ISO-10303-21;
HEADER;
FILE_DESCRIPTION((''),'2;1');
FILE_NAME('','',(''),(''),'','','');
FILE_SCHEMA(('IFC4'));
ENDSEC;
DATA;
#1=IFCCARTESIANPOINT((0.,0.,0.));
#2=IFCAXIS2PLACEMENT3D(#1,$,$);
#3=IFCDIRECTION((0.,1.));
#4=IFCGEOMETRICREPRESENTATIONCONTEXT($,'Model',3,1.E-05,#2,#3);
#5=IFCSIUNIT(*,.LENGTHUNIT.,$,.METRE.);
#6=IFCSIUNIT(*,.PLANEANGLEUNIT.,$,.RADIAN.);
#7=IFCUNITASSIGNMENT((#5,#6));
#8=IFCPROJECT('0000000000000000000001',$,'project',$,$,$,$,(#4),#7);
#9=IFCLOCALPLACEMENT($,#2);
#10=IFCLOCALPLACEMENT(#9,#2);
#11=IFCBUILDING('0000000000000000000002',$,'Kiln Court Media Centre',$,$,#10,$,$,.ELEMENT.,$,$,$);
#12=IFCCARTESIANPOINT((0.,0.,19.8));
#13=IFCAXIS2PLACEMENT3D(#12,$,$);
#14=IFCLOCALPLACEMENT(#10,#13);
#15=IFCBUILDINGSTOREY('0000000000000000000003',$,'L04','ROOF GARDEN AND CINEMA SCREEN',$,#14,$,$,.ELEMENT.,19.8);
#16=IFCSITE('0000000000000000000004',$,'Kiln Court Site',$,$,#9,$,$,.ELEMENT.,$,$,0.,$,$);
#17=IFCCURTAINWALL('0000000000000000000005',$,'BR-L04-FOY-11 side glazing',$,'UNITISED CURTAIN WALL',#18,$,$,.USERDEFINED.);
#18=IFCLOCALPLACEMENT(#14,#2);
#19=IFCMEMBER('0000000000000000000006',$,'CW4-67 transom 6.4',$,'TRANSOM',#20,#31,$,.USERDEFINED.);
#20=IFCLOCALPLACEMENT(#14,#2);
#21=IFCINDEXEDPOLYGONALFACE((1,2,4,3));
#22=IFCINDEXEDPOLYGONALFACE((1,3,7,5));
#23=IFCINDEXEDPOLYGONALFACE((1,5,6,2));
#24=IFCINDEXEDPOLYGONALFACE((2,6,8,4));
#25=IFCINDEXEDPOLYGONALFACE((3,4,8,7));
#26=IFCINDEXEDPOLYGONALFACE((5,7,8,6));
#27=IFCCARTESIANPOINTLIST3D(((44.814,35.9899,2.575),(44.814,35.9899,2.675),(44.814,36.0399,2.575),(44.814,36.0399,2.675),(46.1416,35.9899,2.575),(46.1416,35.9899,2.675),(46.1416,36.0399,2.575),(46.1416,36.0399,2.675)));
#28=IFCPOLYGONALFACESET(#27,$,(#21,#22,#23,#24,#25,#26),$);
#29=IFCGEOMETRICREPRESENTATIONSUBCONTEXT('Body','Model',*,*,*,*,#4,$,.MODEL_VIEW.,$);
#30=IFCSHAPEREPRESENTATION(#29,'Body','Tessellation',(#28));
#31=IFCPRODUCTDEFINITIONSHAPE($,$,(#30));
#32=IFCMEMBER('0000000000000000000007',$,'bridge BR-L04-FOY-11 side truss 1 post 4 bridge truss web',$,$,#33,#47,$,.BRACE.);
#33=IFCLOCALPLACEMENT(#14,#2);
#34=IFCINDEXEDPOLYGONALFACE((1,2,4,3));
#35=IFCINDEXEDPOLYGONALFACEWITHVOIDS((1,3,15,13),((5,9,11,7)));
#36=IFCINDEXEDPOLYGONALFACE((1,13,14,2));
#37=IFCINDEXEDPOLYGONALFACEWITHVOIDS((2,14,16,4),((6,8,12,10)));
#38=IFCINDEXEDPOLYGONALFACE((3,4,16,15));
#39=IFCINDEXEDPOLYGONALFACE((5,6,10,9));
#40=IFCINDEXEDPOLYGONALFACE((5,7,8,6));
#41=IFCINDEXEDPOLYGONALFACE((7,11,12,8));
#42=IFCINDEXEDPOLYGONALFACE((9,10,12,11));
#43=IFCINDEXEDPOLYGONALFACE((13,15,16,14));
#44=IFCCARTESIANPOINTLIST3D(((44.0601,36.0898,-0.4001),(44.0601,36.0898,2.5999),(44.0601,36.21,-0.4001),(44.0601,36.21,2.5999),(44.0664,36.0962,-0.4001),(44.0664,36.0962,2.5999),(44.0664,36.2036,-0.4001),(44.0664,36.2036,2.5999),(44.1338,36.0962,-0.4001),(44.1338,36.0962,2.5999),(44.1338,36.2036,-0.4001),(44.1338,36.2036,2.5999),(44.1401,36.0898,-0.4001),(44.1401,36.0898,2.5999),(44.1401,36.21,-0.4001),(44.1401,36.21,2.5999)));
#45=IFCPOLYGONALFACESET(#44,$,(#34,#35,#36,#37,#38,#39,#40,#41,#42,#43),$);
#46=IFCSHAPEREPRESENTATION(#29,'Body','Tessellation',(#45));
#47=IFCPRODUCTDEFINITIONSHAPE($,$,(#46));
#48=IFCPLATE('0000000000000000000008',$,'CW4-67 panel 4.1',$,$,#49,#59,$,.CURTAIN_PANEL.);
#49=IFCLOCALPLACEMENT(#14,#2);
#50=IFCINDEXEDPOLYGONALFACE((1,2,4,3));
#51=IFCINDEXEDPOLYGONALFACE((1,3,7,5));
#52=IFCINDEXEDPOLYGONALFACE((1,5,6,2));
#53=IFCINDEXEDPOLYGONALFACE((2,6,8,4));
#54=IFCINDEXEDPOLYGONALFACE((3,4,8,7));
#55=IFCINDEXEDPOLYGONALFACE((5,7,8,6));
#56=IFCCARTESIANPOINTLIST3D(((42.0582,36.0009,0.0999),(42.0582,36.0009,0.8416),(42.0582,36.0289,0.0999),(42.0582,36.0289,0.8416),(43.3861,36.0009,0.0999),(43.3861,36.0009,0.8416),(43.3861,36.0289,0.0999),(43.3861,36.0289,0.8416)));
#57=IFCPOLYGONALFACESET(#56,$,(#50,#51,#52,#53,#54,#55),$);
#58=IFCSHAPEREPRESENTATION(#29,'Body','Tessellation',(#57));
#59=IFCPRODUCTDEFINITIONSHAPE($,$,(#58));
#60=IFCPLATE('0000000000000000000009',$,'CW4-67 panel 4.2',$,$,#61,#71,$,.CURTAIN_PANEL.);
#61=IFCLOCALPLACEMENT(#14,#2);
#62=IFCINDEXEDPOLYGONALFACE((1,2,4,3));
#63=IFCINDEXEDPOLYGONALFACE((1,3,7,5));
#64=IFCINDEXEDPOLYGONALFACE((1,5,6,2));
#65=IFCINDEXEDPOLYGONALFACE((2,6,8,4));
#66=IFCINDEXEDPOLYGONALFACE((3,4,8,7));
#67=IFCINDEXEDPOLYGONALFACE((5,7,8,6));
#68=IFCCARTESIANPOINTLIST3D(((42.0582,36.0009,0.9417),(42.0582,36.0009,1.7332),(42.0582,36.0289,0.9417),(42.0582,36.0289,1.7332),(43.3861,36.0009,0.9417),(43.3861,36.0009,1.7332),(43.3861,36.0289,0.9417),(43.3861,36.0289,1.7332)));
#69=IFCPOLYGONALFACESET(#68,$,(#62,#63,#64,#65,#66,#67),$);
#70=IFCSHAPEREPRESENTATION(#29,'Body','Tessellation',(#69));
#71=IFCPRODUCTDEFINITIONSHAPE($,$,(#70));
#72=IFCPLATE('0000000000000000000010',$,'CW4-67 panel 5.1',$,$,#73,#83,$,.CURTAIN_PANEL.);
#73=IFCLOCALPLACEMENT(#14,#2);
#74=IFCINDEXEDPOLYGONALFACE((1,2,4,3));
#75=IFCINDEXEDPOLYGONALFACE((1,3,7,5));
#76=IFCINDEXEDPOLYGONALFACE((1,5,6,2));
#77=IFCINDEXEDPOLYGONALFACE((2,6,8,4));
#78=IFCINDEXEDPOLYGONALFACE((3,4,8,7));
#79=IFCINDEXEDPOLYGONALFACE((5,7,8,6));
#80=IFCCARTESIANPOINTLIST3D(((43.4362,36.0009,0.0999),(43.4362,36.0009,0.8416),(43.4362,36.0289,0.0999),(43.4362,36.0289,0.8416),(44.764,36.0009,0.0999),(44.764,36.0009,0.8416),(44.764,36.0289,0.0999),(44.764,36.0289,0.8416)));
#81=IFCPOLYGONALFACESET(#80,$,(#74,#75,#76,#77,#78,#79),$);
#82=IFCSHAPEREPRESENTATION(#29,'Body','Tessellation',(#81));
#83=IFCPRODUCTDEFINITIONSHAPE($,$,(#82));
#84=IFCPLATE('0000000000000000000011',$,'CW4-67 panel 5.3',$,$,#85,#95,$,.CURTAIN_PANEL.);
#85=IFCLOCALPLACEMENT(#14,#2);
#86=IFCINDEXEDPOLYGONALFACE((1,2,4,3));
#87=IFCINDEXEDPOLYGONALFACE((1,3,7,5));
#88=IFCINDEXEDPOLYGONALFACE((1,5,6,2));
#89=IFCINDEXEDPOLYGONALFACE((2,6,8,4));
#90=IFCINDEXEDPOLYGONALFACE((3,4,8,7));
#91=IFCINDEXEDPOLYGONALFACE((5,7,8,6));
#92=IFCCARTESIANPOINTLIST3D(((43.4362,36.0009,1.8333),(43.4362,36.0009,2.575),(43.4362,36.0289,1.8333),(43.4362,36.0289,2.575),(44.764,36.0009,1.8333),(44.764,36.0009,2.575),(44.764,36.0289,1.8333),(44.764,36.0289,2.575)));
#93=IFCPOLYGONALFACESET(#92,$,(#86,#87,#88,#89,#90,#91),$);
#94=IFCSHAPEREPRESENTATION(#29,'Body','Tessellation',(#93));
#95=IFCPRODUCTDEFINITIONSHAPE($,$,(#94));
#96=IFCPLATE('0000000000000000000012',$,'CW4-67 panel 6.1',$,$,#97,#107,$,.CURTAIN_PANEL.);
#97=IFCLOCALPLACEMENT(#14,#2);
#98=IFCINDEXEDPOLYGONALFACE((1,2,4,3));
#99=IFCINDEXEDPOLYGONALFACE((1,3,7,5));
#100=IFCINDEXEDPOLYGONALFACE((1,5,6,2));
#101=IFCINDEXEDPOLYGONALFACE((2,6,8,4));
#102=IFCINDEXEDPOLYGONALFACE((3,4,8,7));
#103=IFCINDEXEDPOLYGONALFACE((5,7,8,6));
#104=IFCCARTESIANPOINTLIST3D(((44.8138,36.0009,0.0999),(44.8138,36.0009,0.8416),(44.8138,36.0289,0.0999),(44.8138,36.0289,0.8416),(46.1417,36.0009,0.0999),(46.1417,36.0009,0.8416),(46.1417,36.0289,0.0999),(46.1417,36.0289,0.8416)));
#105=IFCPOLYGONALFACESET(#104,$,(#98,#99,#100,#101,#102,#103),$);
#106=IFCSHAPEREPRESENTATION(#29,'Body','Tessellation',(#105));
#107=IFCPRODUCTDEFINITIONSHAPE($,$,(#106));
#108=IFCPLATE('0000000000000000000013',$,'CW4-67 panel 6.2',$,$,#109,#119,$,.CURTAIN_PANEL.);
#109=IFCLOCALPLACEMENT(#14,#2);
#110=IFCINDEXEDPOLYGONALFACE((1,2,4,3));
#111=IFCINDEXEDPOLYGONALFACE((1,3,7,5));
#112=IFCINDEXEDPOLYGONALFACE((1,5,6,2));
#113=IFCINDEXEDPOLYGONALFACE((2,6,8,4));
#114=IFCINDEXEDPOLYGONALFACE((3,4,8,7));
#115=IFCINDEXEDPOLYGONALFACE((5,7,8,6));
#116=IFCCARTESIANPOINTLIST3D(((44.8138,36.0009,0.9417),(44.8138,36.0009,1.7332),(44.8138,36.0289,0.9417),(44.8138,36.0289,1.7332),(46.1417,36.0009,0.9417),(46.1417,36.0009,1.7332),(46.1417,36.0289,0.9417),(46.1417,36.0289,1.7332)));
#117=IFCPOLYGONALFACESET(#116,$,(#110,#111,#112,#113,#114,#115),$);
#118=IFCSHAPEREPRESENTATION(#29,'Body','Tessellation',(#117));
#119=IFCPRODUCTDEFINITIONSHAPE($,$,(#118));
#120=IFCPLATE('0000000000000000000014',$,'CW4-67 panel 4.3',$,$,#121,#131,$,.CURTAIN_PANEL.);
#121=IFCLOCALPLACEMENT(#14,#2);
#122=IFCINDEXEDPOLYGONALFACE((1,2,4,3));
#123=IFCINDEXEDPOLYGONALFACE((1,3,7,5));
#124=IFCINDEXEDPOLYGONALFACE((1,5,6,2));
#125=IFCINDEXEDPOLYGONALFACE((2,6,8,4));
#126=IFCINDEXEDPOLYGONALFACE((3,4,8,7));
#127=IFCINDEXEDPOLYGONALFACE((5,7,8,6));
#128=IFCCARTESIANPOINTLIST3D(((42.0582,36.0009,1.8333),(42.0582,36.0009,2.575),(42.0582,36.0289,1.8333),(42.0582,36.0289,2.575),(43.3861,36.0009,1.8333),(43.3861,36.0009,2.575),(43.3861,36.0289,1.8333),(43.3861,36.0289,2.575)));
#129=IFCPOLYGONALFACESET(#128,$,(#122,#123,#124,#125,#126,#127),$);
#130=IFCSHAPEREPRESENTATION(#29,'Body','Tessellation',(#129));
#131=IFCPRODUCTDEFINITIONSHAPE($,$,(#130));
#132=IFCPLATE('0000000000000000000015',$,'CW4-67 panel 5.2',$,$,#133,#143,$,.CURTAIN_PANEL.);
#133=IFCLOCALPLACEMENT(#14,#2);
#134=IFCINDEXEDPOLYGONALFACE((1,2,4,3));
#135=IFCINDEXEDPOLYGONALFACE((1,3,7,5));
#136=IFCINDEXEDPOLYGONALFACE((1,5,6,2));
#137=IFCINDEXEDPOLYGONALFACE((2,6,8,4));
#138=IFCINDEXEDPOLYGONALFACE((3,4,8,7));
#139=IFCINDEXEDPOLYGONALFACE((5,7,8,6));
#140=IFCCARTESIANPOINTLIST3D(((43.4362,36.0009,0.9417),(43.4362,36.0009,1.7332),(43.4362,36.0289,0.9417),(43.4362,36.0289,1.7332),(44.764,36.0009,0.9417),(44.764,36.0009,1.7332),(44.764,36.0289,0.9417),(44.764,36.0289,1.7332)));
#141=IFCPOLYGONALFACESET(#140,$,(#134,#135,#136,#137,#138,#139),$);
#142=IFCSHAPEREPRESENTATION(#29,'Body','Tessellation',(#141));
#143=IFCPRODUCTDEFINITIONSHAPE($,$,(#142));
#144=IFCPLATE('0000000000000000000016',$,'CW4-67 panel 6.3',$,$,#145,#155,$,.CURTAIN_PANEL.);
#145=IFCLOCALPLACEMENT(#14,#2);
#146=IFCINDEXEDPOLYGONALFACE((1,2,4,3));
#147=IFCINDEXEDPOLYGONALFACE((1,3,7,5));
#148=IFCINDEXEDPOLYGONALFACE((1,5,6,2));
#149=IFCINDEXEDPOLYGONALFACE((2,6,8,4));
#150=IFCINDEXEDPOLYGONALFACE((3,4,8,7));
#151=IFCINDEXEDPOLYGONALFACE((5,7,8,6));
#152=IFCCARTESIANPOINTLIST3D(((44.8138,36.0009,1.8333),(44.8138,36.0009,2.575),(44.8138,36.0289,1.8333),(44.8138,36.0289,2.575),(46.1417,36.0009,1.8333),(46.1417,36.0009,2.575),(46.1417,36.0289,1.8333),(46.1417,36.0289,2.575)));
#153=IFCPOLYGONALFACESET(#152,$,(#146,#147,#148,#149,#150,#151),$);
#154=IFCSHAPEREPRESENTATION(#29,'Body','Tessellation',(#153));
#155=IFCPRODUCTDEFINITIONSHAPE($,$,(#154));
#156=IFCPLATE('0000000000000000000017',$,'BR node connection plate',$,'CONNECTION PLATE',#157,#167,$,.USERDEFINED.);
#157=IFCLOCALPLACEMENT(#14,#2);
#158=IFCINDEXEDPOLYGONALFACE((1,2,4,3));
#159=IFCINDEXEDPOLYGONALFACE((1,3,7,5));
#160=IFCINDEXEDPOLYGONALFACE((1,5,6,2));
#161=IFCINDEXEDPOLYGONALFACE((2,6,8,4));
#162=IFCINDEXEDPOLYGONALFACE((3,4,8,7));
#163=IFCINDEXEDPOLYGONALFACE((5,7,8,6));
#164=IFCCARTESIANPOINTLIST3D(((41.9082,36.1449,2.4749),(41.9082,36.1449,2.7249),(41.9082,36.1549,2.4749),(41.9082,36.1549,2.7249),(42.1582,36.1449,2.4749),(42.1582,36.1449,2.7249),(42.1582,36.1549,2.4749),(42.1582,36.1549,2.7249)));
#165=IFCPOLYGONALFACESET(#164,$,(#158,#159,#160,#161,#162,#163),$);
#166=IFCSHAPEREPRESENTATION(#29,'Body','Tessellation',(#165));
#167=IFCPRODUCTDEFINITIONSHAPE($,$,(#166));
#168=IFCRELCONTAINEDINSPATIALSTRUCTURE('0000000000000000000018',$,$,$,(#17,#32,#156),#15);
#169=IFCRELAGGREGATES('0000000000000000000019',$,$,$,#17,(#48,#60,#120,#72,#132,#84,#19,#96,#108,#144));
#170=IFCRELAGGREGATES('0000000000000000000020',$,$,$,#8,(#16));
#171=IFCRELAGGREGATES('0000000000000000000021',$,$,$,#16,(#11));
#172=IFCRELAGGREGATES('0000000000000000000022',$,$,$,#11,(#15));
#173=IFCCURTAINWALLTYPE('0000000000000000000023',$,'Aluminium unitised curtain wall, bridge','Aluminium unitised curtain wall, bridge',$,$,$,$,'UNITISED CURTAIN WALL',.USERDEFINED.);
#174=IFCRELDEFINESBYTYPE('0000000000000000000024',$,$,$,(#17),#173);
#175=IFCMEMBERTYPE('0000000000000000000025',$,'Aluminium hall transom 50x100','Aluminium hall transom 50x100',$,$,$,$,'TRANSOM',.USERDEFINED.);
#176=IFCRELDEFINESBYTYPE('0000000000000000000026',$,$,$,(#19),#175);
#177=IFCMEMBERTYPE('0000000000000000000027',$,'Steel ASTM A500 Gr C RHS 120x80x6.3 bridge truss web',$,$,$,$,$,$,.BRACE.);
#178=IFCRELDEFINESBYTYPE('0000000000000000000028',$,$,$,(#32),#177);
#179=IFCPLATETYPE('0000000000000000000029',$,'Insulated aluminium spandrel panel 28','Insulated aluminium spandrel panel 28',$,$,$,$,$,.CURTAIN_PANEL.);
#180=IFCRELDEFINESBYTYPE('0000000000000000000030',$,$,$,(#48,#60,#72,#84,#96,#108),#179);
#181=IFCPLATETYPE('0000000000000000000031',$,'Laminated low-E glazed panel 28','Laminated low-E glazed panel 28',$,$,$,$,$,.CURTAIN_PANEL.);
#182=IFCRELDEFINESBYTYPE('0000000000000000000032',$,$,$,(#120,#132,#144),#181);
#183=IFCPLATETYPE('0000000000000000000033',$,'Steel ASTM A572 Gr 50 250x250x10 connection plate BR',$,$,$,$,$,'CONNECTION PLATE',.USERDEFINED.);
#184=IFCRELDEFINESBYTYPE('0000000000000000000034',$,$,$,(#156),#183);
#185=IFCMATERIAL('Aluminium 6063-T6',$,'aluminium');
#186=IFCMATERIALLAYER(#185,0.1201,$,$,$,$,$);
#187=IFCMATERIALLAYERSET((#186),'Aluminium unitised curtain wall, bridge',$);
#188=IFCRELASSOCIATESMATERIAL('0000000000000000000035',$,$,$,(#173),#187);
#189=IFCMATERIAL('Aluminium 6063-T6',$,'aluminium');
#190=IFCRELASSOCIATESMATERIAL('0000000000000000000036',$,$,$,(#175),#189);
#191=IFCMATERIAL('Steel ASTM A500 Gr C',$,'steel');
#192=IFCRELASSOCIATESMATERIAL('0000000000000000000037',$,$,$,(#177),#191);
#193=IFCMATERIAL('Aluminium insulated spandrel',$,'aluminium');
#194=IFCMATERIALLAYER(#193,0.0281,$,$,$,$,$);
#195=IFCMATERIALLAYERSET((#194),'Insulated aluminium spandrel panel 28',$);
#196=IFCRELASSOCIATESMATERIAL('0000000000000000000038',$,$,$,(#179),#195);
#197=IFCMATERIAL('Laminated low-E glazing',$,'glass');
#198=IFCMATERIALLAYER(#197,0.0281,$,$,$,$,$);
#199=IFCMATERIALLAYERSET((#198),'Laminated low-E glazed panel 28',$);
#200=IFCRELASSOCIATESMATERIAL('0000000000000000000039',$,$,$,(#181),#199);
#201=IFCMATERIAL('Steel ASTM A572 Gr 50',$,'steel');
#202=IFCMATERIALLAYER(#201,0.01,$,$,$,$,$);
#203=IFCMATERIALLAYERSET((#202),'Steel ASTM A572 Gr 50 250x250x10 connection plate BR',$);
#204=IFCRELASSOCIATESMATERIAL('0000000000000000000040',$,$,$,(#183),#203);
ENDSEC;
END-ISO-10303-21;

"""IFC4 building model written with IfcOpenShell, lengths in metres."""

from ifc_helpers import new_model, si_unit, direction, frame, origin, origin_2d, place, context, subcontext, project, spatial, rectangle, hollow_rectangle, extrude, material, layer, layer_set, material_profile, profile_set, type_object, element, aggregate, save


model = new_model("IFC4")

# Units and contexts
model_context = context("Model", 3, precision=1e-05, world=origin(), true_north=direction((0.0, 1.0)))
body_context = subcontext(model_context, "Body", "Model", "MODEL_VIEW")
ifc_project = project(units=[si_unit("LENGTHUNIT", "METRE"), si_unit("PLANEANGLEUNIT", "RADIAN")], contexts=[model_context])

# Site, building, storey
site_placement = place(None, origin())
site = spatial("IfcSite", under=ifc_project, at=site_placement, Name="Kiln Court Site", CompositionType="ELEMENT", RefElevation=0.0)
building_placement = place(site_placement, origin())
building = spatial("IfcBuilding", under=site, at=building_placement, Name="Kiln Court Media Centre", CompositionType="ELEMENT")
storey_placement = place(building_placement, frame((0.0, 0.0, 19.8)))
storey = spatial("IfcBuildingStorey", under=building, at=storey_placement, Name="L04", Description="ROOF GARDEN AND CINEMA SCREEN", CompositionType="ELEMENT", Elevation=19.8)

# Curtain wall, member
ifc_material_1 = material(Name="Aluminium 6063-T6", Category="aluminium")
ifc_layer_1 = layer(ifc_material_1, 0.1201)
ifc_layer_set_1 = layer_set([ifc_layer_1], Name="Aluminium unitised curtain wall, bridge")
curtain_wall_type = type_object("IfcCurtainWallType", Name="Aluminium unitised curtain wall, bridge", Description="Aluminium unitised curtain wall, bridge", ElementType="UNITISED CURTAIN WALL", PredefinedType="USERDEFINED", material=ifc_layer_set_1)
curtain_wall_placement = place(storey_placement, origin())
curtain_wall = element("IfcCurtainWall", 1, at=curtain_wall_placement, inside=storey, type_object=curtain_wall_type, Name="BR-L04-FOY-11 side glazing", ObjectType="UNITISED CURTAIN WALL", PredefinedType="USERDEFINED")
ifc_material_2 = material(Name="Aluminium 6063-T6", Category="aluminium")
ifc_material_profile_1 = material_profile(ifc_material_2, rectangle(XDim=0.05, YDim=0.1001, at=origin_2d()), Name="Aluminium hall transom 50x100")
ifc_profile_set_1 = profile_set([ifc_material_profile_1], Name="Aluminium 6063-T6")
member_type_1 = type_object("IfcMemberType", Name="Aluminium hall transom 50x100", Description="Aluminium hall transom 50x100", ElementType="TRANSOM", PredefinedType="USERDEFINED", material=ifc_profile_set_1)
member_1_placement = place(storey_placement, frame((44.814, 36.0149, 2.625), z_axis=(1.0, 0.0, 0.0), x_axis=(0.0, 1.0, 0.0)))
member_1 = element("IfcMember", 2, at=member_1_placement, type_object=member_type_1, Name="CW4-67 transom 6.4", ObjectType="TRANSOM", PredefinedType="USERDEFINED", context=body_context, shape_type="SweptSolid", body=[
    extrude(rectangle(XDim=0.05, YDim=0.1001, at=origin_2d()), origin(), (0.0, 0.0, 1.0), 1.3276),
])

# Member
ifc_material_3 = material(Name="Steel ASTM A500 Gr C", Category="steel")
ifc_material_profile_2 = material_profile(ifc_material_3, hollow_rectangle(XDim=0.0801, YDim=0.1201, WallThickness=0.0063, at=origin_2d()), Name="RHS 120x80x6.3")
ifc_profile_set_2 = profile_set([ifc_material_profile_2], Name="Steel ASTM A500 Gr C")
member_type_2 = type_object("IfcMemberType", Name="Steel ASTM A500 Gr C RHS 120x80x6.3 bridge truss web", PredefinedType="BRACE", material=ifc_profile_set_2)
member_2_placement = place(storey_placement, frame((44.1001, 36.1499, -0.4001), z_axis=(0.0, 0.0, 1.0), x_axis=(1.0, 0.0, 0.0)))
element("IfcMember", 3, at=member_2_placement, inside=storey, type_object=member_type_2, Name="bridge BR-L04-FOY-11 side truss 1 post 4 bridge truss web", PredefinedType="BRACE", context=body_context, shape_type="SweptSolid", body=[
    extrude(hollow_rectangle(XDim=0.0801, YDim=0.1201, WallThickness=0.0063, at=origin_2d()), origin(), (0.0, 0.0, 1.0), 3.0),
])

# Plates
ifc_material_4 = material(Name="Aluminium insulated spandrel", Category="aluminium")
ifc_layer_2 = layer(ifc_material_4, 0.0281)
ifc_layer_set_2 = layer_set([ifc_layer_2], Name="Insulated aluminium spandrel panel 28")
plate_type_1 = type_object("IfcPlateType", Name="Insulated aluminium spandrel panel 28", Description="Insulated aluminium spandrel panel 28", PredefinedType="CURTAIN_PANEL", material=ifc_layer_set_2)
plate_1_placement = place(storey_placement, frame((42.7222, 36.0149, 0.0999), z_axis=(0.0, 0.0, 1.0), x_axis=(1.0, 0.0, 0.0)))
plate_1 = element("IfcPlate", 4, at=plate_1_placement, type_object=plate_type_1, Name="CW4-67 panel 4.1", PredefinedType="CURTAIN_PANEL", context=body_context, shape_type="SweptSolid", body=[
    extrude(rectangle(XDim=1.3279, YDim=0.0281, at=origin_2d()), origin(), (0.0, 0.0, 1.0), 0.7417),
])
plate_2_placement = place(storey_placement, frame((42.7222, 36.0149, 0.9417), z_axis=(0.0, 0.0, 1.0), x_axis=(1.0, 0.0, 0.0)))
plate_2 = element("IfcPlate", 5, at=plate_2_placement, type_object=plate_type_1, Name="CW4-67 panel 4.2", PredefinedType="CURTAIN_PANEL", context=body_context, shape_type="SweptSolid", body=[
    extrude(rectangle(XDim=1.3279, YDim=0.0281, at=origin_2d()), origin(), (0.0, 0.0, 1.0), 0.7915),
])
plate_3_placement = place(storey_placement, frame((44.1001, 36.0149, 0.0999), z_axis=(0.0, 0.0, 1.0), x_axis=(1.0, 0.0, 0.0)))
plate_3 = element("IfcPlate", 6, at=plate_3_placement, type_object=plate_type_1, Name="CW4-67 panel 5.1", PredefinedType="CURTAIN_PANEL", context=body_context, shape_type="SweptSolid", body=[
    extrude(rectangle(XDim=1.3279, YDim=0.0281, at=origin_2d()), origin(), (0.0, 0.0, 1.0), 0.7417),
])
plate_4_placement = place(storey_placement, frame((44.1001, 36.0149, 1.8333), z_axis=(0.0, 0.0, 1.0), x_axis=(1.0, 0.0, 0.0)))
plate_4 = element("IfcPlate", 7, at=plate_4_placement, type_object=plate_type_1, Name="CW4-67 panel 5.3", PredefinedType="CURTAIN_PANEL", context=body_context, shape_type="SweptSolid", body=[
    extrude(rectangle(XDim=1.3279, YDim=0.0281, at=origin_2d()), origin(), (0.0, 0.0, 1.0), 0.7417),
])
plate_5_placement = place(storey_placement, frame((45.4778, 36.0149, 0.0999), z_axis=(0.0, 0.0, 1.0), x_axis=(1.0, 0.0, 0.0)))
plate_5 = element("IfcPlate", 8, at=plate_5_placement, type_object=plate_type_1, Name="CW4-67 panel 6.1", PredefinedType="CURTAIN_PANEL", context=body_context, shape_type="SweptSolid", body=[
    extrude(rectangle(XDim=1.3279, YDim=0.0281, at=origin_2d()), origin(), (0.0, 0.0, 1.0), 0.7417),
])
plate_6_placement = place(storey_placement, frame((45.4778, 36.0149, 0.9417), z_axis=(0.0, 0.0, 1.0), x_axis=(1.0, 0.0, 0.0)))
plate_6 = element("IfcPlate", 9, at=plate_6_placement, type_object=plate_type_1, Name="CW4-67 panel 6.2", PredefinedType="CURTAIN_PANEL", context=body_context, shape_type="SweptSolid", body=[
    extrude(rectangle(XDim=1.3279, YDim=0.0281, at=origin_2d()), origin(), (0.0, 0.0, 1.0), 0.7915),
])
ifc_material_5 = material(Name="Laminated low-E glazing", Category="glass")
ifc_layer_3 = layer(ifc_material_5, 0.0281)
ifc_layer_set_3 = layer_set([ifc_layer_3], Name="Laminated low-E glazed panel 28")
plate_type_2 = type_object("IfcPlateType", Name="Laminated low-E glazed panel 28", Description="Laminated low-E glazed panel 28", PredefinedType="CURTAIN_PANEL", material=ifc_layer_set_3)
plate_7_placement = place(storey_placement, frame((42.7222, 36.0149, 1.8333), z_axis=(0.0, 0.0, 1.0), x_axis=(1.0, 0.0, 0.0)))
plate_7 = element("IfcPlate", 10, at=plate_7_placement, type_object=plate_type_2, Name="CW4-67 panel 4.3", PredefinedType="CURTAIN_PANEL", context=body_context, shape_type="SweptSolid", body=[
    extrude(rectangle(XDim=1.3279, YDim=0.0281, at=origin_2d()), origin(), (0.0, 0.0, 1.0), 0.7417),
])
plate_8_placement = place(storey_placement, frame((44.1001, 36.0149, 0.9417), z_axis=(0.0, 0.0, 1.0), x_axis=(1.0, 0.0, 0.0)))
plate_8 = element("IfcPlate", 11, at=plate_8_placement, type_object=plate_type_2, Name="CW4-67 panel 5.2", PredefinedType="CURTAIN_PANEL", context=body_context, shape_type="SweptSolid", body=[
    extrude(rectangle(XDim=1.3279, YDim=0.0281, at=origin_2d()), origin(), (0.0, 0.0, 1.0), 0.7915),
])
plate_9_placement = place(storey_placement, frame((45.4778, 36.0149, 1.8333), z_axis=(0.0, 0.0, 1.0), x_axis=(1.0, 0.0, 0.0)))
plate_9 = element("IfcPlate", 12, at=plate_9_placement, type_object=plate_type_2, Name="CW4-67 panel 6.3", PredefinedType="CURTAIN_PANEL", context=body_context, shape_type="SweptSolid", body=[
    extrude(rectangle(XDim=1.3279, YDim=0.0281, at=origin_2d()), origin(), (0.0, 0.0, 1.0), 0.7417),
])
aggregate(curtain_wall, [plate_1, plate_2, plate_7, plate_3, plate_8, plate_4, member_1, plate_5, plate_6, plate_9])
ifc_material_6 = material(Name="Steel ASTM A572 Gr 50", Category="steel")
ifc_layer_4 = layer(ifc_material_6, 0.01)
ifc_layer_set_4 = layer_set([ifc_layer_4], Name="Steel ASTM A572 Gr 50 250x250x10 connection plate BR")
plate_type_3 = type_object("IfcPlateType", Name="Steel ASTM A572 Gr 50 250x250x10 connection plate BR", ElementType="CONNECTION PLATE", PredefinedType="USERDEFINED", material=ifc_layer_set_4)
plate_10_placement = place(storey_placement, frame((42.0332, 36.1499, 2.4749), z_axis=(0.0, 0.0, 1.0), x_axis=(1.0, 0.0, 0.0)))
element("IfcPlate", 13, at=plate_10_placement, inside=storey, type_object=plate_type_3, Name="BR node connection plate", ObjectType="CONNECTION PLATE", PredefinedType="USERDEFINED", context=body_context, shape_type="SweptSolid", body=[
    extrude(rectangle(XDim=0.25, YDim=0.01, at=origin_2d()), origin(), (0.0, 0.0, 1.0), 0.25),
])

save(model, "model.ifc")
